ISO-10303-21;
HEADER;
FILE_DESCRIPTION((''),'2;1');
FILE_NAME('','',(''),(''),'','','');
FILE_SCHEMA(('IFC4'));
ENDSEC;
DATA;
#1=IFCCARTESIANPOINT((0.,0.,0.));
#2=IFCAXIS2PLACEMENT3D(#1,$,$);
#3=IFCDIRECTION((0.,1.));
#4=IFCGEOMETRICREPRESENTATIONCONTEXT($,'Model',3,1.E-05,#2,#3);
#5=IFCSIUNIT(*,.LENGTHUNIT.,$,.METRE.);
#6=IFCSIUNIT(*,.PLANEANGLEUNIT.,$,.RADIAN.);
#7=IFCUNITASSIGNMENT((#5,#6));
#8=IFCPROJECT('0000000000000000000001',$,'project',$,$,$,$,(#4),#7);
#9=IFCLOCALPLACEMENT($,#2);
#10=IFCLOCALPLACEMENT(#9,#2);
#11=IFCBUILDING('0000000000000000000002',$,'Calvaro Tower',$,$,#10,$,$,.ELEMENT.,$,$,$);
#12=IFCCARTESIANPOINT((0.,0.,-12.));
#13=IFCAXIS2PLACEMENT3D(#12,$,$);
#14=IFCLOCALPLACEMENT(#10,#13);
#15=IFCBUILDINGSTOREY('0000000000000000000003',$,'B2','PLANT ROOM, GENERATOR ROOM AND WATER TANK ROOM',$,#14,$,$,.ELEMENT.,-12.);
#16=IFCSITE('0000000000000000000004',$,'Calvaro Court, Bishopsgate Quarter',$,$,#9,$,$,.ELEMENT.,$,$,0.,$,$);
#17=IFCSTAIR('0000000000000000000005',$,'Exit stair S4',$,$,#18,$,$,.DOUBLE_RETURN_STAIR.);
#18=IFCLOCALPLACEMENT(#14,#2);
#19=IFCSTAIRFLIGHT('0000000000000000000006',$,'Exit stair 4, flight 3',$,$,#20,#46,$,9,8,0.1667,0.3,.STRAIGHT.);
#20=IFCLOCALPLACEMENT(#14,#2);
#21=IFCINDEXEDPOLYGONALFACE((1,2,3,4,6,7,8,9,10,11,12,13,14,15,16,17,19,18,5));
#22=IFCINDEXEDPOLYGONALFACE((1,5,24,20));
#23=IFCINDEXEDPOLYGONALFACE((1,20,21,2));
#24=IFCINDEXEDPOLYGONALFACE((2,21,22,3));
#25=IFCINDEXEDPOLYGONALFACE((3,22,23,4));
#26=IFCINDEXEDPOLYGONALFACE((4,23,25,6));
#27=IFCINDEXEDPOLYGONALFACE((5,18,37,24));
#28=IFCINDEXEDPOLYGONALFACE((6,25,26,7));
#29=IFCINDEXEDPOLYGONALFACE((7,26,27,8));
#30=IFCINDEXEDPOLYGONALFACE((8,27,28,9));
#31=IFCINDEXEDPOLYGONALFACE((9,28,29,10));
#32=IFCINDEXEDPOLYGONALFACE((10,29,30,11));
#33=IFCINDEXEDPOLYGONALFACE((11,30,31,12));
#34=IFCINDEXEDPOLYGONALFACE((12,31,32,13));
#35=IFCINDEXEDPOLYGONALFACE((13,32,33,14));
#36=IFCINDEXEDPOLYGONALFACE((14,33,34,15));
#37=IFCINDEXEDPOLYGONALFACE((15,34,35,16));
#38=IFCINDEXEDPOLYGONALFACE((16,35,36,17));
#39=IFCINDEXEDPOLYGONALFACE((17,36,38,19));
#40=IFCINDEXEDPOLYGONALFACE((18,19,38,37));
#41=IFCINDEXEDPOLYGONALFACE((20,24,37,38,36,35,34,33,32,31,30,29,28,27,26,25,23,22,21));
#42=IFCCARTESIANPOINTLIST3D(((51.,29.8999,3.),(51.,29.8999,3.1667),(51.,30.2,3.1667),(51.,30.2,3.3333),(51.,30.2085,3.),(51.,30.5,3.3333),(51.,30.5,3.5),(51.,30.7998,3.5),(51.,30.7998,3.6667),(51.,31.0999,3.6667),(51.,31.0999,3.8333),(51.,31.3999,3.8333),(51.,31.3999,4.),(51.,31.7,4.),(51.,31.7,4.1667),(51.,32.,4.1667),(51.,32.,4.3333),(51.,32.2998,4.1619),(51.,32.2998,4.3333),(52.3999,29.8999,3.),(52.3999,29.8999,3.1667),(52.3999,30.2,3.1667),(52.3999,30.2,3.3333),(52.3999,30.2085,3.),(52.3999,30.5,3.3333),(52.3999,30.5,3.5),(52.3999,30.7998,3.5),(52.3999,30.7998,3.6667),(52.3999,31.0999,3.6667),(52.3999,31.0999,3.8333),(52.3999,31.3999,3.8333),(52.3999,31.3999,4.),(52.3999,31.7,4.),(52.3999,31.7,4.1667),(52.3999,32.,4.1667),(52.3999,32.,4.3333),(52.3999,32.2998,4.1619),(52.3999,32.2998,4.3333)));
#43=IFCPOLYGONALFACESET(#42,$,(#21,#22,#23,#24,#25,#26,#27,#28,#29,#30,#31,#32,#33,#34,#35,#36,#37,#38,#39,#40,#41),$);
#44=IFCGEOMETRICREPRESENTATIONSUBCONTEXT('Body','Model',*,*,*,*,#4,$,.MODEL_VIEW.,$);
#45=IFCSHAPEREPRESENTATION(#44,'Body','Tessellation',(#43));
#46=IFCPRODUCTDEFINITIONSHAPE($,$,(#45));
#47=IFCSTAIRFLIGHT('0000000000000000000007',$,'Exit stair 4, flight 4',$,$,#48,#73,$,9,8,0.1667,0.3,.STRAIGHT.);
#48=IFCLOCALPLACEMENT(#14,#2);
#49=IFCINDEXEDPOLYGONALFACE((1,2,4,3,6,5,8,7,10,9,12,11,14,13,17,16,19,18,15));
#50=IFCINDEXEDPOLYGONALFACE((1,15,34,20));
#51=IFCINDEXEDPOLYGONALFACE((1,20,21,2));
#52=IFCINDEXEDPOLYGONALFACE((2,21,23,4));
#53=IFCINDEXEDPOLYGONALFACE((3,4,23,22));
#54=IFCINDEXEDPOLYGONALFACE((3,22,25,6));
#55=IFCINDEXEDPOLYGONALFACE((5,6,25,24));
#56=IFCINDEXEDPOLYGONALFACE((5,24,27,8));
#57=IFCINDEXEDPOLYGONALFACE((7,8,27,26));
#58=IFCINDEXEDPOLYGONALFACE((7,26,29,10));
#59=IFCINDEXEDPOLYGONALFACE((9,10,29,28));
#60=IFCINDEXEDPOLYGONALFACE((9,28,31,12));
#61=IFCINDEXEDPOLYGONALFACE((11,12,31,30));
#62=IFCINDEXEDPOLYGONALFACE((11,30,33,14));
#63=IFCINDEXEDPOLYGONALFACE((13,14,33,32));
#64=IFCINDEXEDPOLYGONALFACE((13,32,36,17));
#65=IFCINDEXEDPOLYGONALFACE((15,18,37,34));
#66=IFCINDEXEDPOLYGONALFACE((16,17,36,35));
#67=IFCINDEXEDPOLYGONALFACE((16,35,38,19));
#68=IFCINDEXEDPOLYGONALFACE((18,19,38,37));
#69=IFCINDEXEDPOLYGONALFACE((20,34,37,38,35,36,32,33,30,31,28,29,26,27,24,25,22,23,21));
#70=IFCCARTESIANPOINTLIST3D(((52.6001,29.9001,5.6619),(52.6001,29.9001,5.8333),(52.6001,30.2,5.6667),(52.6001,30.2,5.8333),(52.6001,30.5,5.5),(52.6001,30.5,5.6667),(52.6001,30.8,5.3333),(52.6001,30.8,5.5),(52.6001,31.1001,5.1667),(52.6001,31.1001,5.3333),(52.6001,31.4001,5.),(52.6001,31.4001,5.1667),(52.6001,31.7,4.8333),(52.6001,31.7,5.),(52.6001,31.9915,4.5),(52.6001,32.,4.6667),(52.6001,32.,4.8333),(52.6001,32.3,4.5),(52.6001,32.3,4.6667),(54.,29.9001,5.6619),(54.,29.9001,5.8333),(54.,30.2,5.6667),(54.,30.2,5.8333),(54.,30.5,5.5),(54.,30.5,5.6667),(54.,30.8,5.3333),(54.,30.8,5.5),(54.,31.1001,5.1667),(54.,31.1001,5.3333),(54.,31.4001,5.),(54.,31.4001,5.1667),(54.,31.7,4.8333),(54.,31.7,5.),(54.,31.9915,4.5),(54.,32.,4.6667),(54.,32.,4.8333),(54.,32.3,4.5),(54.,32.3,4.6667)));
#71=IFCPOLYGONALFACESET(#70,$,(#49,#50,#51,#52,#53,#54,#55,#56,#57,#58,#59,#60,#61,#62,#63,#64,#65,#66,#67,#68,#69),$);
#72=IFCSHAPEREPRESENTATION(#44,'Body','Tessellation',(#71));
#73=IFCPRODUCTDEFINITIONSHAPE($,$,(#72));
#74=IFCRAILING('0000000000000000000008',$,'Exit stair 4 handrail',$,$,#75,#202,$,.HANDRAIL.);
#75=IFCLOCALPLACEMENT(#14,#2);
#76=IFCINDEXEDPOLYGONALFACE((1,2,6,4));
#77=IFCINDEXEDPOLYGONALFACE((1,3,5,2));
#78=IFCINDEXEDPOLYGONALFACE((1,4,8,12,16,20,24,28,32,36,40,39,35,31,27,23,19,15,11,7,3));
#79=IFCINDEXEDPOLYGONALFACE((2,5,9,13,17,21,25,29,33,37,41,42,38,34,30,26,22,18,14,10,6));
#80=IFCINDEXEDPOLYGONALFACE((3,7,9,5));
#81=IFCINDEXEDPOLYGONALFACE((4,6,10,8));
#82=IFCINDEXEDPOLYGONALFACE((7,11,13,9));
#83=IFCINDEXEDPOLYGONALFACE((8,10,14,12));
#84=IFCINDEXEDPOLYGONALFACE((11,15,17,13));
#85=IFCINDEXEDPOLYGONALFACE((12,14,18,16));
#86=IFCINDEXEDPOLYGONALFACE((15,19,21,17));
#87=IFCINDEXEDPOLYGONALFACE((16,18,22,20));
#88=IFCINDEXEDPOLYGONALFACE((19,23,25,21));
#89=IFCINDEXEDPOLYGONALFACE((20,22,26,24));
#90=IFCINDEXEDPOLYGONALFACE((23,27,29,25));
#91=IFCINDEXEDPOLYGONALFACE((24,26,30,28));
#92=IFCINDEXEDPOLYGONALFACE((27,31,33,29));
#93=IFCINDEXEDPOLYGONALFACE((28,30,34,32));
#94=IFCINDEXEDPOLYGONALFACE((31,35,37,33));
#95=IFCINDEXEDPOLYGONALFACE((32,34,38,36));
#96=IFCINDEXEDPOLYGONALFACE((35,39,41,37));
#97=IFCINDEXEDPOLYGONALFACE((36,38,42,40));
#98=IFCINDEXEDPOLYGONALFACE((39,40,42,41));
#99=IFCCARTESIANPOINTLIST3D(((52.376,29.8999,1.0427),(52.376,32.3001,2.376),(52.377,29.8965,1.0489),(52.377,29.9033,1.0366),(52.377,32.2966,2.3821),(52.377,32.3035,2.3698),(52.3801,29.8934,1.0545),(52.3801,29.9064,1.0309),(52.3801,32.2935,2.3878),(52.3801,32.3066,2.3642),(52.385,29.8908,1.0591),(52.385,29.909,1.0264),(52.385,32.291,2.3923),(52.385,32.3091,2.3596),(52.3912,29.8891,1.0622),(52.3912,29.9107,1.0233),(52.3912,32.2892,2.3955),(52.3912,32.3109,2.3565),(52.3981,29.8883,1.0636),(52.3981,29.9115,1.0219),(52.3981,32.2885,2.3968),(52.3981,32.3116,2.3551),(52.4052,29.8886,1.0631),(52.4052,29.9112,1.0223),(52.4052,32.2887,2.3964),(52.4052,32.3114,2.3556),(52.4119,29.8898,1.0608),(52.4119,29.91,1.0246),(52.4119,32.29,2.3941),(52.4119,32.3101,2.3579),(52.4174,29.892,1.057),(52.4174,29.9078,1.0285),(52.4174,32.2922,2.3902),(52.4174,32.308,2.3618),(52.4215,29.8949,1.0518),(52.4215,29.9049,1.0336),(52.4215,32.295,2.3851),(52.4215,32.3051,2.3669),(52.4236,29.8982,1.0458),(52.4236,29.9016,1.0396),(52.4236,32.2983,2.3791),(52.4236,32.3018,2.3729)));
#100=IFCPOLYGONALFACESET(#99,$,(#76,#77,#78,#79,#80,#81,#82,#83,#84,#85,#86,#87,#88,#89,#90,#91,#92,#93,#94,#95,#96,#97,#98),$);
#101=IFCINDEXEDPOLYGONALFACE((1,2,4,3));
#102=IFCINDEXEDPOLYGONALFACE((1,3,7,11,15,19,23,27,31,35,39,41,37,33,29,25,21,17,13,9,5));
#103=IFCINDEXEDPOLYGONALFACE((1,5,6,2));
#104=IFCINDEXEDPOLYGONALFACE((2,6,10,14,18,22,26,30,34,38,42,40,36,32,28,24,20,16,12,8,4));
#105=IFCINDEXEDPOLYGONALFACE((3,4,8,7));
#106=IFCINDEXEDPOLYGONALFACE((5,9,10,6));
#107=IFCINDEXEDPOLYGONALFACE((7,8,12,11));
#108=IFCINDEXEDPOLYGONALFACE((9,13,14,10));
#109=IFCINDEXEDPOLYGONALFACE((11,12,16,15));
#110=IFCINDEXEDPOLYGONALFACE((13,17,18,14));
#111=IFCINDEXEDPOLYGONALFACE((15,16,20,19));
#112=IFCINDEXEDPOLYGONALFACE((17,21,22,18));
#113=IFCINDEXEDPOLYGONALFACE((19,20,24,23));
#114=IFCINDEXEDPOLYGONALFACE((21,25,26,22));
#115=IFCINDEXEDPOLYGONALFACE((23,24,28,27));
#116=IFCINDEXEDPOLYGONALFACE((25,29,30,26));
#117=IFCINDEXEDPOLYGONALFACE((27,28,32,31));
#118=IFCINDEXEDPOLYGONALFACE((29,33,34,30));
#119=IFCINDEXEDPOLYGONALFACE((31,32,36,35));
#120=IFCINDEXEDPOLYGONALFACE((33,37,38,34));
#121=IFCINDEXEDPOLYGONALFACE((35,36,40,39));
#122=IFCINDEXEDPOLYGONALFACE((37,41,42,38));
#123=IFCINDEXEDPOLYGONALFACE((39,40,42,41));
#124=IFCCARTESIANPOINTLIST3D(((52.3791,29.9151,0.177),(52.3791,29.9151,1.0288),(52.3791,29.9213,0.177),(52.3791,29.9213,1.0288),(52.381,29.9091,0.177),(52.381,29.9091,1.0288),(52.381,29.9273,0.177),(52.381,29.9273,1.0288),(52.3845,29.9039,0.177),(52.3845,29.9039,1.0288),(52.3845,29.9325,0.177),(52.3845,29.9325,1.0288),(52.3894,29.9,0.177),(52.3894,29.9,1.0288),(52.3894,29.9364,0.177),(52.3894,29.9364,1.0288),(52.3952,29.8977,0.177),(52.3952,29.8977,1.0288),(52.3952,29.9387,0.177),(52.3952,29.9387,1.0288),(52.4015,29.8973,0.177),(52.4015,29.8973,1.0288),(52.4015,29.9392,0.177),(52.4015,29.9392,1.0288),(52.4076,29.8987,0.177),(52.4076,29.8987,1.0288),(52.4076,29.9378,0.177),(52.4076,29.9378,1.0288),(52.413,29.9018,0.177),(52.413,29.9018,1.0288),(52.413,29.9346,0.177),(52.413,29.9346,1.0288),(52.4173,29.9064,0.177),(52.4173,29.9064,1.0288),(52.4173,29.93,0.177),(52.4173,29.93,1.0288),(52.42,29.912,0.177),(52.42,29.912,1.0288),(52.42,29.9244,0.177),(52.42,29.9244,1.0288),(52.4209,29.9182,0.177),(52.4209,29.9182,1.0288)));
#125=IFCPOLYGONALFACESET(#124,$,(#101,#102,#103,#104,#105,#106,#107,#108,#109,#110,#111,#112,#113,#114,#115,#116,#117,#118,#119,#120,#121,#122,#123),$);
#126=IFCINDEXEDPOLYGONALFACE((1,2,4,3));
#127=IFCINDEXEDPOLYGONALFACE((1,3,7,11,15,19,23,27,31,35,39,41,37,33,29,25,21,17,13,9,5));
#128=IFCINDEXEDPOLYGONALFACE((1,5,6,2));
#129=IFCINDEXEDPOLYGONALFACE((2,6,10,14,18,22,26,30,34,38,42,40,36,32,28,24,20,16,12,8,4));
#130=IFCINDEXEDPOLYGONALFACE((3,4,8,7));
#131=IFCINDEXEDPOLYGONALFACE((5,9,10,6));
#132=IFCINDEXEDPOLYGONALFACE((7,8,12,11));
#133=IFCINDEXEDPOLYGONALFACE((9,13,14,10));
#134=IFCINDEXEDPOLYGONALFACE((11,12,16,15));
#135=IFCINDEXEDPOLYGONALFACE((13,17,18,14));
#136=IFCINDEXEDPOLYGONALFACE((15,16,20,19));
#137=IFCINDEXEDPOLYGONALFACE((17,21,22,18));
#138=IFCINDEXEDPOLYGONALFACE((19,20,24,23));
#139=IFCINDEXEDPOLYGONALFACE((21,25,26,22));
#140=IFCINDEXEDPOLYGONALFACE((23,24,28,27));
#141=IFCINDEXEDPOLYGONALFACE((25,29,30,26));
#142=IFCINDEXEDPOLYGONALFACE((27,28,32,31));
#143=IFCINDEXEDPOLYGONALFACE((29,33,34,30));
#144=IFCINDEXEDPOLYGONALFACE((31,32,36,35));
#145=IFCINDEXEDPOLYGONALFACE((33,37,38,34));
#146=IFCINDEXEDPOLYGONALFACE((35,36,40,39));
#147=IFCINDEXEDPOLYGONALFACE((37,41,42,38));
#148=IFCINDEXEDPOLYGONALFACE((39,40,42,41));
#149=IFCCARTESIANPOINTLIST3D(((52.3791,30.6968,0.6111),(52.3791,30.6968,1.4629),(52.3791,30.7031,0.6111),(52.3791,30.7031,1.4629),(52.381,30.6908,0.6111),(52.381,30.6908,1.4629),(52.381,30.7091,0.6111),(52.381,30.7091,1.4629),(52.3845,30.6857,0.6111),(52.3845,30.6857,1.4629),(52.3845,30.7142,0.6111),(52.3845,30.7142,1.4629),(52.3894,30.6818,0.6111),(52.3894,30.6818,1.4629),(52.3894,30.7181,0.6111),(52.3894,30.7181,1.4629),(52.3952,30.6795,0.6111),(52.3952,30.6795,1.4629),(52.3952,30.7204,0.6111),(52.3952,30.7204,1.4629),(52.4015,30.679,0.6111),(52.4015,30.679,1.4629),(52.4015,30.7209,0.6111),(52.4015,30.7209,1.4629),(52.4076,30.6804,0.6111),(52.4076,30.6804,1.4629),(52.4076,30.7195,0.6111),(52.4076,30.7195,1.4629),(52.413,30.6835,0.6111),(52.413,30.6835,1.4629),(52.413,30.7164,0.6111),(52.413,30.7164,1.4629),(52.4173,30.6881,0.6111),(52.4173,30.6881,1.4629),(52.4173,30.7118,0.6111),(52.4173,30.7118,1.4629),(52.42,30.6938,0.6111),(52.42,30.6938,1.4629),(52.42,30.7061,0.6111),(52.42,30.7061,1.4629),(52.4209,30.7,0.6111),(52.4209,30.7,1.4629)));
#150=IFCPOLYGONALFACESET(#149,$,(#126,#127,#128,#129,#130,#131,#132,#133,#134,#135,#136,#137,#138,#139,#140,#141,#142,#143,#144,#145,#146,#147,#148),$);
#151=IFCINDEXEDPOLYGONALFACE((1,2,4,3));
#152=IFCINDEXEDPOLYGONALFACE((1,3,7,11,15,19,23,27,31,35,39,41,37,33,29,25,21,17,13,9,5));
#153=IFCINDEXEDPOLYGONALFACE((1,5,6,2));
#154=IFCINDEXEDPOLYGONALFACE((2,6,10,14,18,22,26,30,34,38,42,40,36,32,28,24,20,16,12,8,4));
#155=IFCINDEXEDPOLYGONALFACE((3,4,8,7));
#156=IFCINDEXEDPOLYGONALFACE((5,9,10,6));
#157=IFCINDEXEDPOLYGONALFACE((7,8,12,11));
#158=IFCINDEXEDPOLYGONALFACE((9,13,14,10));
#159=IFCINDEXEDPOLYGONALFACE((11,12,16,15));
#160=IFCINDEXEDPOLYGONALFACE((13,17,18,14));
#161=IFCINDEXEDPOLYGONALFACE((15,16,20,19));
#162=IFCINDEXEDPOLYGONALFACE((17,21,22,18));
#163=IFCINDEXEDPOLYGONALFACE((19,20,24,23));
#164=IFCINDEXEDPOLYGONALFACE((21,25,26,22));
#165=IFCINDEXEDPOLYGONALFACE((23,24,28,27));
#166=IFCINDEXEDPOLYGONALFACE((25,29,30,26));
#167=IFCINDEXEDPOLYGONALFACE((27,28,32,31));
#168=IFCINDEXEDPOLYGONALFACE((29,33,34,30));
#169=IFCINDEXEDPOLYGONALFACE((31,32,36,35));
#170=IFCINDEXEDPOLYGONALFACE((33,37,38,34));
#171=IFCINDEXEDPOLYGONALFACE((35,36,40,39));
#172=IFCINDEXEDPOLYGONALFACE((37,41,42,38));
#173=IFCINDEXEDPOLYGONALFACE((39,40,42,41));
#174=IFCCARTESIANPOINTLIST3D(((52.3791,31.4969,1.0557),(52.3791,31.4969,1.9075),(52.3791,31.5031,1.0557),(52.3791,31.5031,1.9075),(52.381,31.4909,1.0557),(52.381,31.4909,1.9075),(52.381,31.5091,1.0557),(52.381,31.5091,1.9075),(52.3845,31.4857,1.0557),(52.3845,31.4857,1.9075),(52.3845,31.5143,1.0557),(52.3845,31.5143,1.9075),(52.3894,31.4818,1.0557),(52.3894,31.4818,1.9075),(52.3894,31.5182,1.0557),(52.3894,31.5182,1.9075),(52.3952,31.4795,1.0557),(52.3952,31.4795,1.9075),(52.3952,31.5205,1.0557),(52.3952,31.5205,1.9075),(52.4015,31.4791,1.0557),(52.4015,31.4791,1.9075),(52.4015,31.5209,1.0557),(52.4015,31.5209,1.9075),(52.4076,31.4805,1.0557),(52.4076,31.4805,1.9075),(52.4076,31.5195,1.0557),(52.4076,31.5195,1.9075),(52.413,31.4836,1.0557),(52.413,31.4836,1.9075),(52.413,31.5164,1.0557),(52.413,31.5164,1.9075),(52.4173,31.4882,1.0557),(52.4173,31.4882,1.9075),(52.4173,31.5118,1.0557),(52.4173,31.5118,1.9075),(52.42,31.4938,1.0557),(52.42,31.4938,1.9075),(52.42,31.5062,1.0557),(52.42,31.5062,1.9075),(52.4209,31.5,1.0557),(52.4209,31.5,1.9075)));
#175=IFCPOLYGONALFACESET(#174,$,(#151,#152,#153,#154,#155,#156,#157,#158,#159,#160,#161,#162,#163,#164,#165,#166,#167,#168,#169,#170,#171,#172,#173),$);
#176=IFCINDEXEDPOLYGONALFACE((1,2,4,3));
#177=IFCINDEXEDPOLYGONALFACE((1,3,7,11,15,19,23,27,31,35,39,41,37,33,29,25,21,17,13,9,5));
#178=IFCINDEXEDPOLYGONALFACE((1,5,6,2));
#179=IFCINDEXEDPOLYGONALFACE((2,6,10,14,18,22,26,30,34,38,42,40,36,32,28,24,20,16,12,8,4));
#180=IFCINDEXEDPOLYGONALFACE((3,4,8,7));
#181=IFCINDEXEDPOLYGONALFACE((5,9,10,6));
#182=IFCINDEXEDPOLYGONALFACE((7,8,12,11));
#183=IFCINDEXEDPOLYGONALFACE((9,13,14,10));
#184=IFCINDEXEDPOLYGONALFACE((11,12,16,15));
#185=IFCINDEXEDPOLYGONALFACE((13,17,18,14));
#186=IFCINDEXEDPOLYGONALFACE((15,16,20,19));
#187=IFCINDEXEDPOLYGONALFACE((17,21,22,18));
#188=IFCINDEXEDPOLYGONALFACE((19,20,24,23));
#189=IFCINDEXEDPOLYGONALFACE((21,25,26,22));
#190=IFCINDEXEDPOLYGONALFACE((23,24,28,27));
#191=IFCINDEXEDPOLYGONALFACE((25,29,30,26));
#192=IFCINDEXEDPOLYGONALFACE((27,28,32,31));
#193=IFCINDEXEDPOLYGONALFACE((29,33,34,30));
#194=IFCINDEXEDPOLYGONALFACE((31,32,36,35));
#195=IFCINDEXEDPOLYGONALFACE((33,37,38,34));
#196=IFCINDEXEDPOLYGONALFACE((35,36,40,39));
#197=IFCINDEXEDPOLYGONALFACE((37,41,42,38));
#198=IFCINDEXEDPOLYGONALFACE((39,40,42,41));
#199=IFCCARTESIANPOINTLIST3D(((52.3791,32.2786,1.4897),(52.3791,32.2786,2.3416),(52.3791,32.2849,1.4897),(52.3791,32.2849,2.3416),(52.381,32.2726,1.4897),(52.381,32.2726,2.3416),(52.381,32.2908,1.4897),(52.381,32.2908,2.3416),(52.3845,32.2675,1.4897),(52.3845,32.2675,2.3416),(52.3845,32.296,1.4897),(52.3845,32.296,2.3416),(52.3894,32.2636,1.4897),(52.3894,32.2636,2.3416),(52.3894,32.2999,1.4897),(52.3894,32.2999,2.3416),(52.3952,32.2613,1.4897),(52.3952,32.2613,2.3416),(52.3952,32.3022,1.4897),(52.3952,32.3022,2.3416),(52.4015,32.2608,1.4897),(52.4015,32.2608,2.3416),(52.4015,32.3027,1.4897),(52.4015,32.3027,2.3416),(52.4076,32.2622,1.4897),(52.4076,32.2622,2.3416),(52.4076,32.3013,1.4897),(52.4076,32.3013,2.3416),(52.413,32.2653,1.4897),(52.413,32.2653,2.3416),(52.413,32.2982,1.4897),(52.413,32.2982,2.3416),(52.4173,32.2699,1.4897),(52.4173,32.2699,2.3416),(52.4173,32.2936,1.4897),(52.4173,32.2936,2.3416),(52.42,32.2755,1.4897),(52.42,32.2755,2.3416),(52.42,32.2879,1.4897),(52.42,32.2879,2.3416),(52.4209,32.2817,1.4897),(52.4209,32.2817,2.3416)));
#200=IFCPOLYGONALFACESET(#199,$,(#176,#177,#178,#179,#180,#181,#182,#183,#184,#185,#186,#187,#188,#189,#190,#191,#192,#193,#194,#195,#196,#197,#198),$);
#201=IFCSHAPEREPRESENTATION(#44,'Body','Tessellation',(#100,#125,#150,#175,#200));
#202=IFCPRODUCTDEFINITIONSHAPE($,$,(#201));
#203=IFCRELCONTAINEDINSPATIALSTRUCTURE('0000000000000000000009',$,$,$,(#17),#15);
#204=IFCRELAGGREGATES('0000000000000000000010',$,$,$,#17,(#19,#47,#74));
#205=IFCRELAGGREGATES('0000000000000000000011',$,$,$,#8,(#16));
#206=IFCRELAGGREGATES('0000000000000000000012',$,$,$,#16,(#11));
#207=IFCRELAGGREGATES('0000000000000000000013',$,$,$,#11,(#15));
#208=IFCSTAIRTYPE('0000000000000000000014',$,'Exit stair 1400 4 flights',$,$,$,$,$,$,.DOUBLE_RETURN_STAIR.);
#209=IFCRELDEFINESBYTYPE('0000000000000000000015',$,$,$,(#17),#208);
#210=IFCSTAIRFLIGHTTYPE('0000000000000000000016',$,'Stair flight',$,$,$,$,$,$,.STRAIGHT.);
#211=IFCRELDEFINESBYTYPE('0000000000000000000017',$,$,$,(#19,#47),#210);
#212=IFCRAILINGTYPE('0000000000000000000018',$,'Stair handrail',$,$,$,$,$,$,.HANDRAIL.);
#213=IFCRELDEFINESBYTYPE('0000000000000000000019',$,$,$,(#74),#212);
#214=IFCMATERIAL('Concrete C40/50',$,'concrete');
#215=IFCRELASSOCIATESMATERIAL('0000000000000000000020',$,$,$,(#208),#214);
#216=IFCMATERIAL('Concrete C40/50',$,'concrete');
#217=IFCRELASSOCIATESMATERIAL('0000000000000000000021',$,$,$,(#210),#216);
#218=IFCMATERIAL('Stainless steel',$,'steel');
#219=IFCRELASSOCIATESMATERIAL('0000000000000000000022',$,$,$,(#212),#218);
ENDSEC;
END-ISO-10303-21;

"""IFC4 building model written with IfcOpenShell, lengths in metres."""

from ifc_helpers import new_model, si_unit, direction, frame, origin, origin_2d, place, context, subcontext, project, spatial, polyline, circle, outline, extrude, material, type_object, element, aggregate, save


model = new_model("IFC4")

# Units and contexts
model_context = context("Model", 3, precision=1e-05, world=origin(), true_north=direction((0.0, 1.0)))
body_context = subcontext(model_context, "Body", "Model", "MODEL_VIEW")
ifc_project = project(units=[si_unit("LENGTHUNIT", "METRE"), si_unit("PLANEANGLEUNIT", "RADIAN")], contexts=[model_context])

# Site, building, storey
site_placement = place(None, origin())
site = spatial("IfcSite", under=ifc_project, at=site_placement, Name="Calvaro Court, Bishopsgate Quarter", CompositionType="ELEMENT", RefElevation=0.0)
building_placement = place(site_placement, origin())
building = spatial("IfcBuilding", under=site, at=building_placement, Name="Calvaro Tower", CompositionType="ELEMENT")
storey_placement = place(building_placement, frame((0.0, 0.0, -12.0)))
storey = spatial("IfcBuildingStorey", under=building, at=storey_placement, Name="B2", Description="PLANT ROOM, GENERATOR ROOM AND WATER TANK ROOM", CompositionType="ELEMENT", Elevation=-12.0)

# Stair, stair flights, railing
ifc_material_1 = material(Name="Concrete C40/50", Category="concrete")
stair_type = type_object("IfcStairType", Name="Exit stair 1400 4 flights", PredefinedType="DOUBLE_RETURN_STAIR", material=ifc_material_1)
stair_placement = place(storey_placement, origin())
stair = element("IfcStair", 1, at=stair_placement, inside=storey, type_object=stair_type, Name="Exit stair S4", PredefinedType="DOUBLE_RETURN_STAIR")
ifc_material_2 = material(Name="Concrete C40/50", Category="concrete")
stair_flight_type = type_object("IfcStairFlightType", Name="Stair flight", PredefinedType="STRAIGHT", material=ifc_material_2)
stair_flight_1_placement = place(storey_placement, frame((51.7, 29.8999, 3.0), z_axis=(0.0, 0.0, 1.0), x_axis=(0.0, 1.0, 0.0)))
stair_flight_1 = element("IfcStairFlight", 2, at=stair_flight_1_placement, type_object=stair_flight_type, Name="Exit stair 4, flight 3", NumberOfRisers=9, NumberOfTreads=8, PredefinedType="STRAIGHT", RiserHeight=0.1667, TreadLength=0.3, context=body_context, shape_type="SweptSolid", body=[
    extrude(outline(polyline([(0.0, 0.0), (0.0, 0.1667), (0.3, 0.1667), (0.3, 0.3333), (0.6001, 0.3333), (0.6001, 0.5), (0.8999, 0.5), (0.8999, 0.6667), (1.2, 0.6667), (1.2, 0.8333), (1.5, 0.8333), (1.5, 1.0), (1.8, 1.0), (1.8, 1.1667), (2.1001, 1.1667), (2.1001, 1.3333), (2.3999, 1.3333), (2.3999, 1.5), (2.3999, 1.1619), (0.3086, 0.0), (0.0, 0.0)])), frame((0.0, 0.7, 0.0), z_axis=(0.0, -1.0, 0.0), x_axis=(1.0, 0.0, 0.0)), (0.0, 0.0, 1.0), 1.3999),
])
stair_flight_2_placement = place(storey_placement, frame((53.3, 32.3, 4.5), z_axis=(0.0, 0.0, 1.0), x_axis=(0.0, -1.0, 0.0)))
stair_flight_2 = element("IfcStairFlight", 3, at=stair_flight_2_placement, type_object=stair_flight_type, Name="Exit stair 4, flight 4", NumberOfRisers=9, NumberOfTreads=8, PredefinedType="STRAIGHT", RiserHeight=0.1667, TreadLength=0.3, context=body_context, shape_type="SweptSolid", body=[
    extrude(outline(polyline([(0.0, 0.0), (0.0, 0.1667), (0.3, 0.1667), (0.3, 0.3333), (0.6001, 0.3333), (0.6001, 0.5), (0.8999, 0.5), (0.8999, 0.6667), (1.2, 0.6667), (1.2, 0.8333), (1.5, 0.8333), (1.5, 1.0), (1.8, 1.0), (1.8, 1.1667), (2.1001, 1.1667), (2.1001, 1.3333), (2.3999, 1.3333), (2.3999, 1.5), (2.3999, 1.1619), (0.3086, 0.0), (0.0, 0.0)])), frame((0.0, 0.7, 0.0), z_axis=(0.0, -1.0, 0.0), x_axis=(1.0, 0.0, 0.0)), (0.0, 0.0, 1.0), 1.3999),
])
ifc_material_3 = material(Name="Stainless steel", Category="steel")
railing_type = type_object("IfcRailingType", Name="Stair handrail", PredefinedType="HANDRAIL", material=ifc_material_3)
railing_1_placement = place(storey_placement, frame((52.3999, 29.8999, 0.1667)))
railing_1 = element("IfcRailing", 4, at=railing_1_placement, type_object=railing_type, Name="Exit stair 4 handrail", PredefinedType="HANDRAIL", context=body_context, shape_type="SweptSolid", body=[
    extrude(circle(Radius=0.0239, at=origin_2d()), frame((0.0, 0.0, 0.876), z_axis=(0.0, 0.874182, 0.485598), x_axis=(-1.0, 0.0, 0.0)), (0.0, 0.0, 1.0), 2.7456),
    extrude(circle(Radius=0.021, at=origin_2d()), frame((0.0, 0.0183, 0.0103)), (0.0, 0.0, 1.0), 0.8518),
    extrude(circle(Radius=0.021, at=origin_2d()), frame((0.0, 0.8, 0.4443)), (0.0, 0.0, 1.0), 0.8518),
    extrude(circle(Radius=0.021, at=origin_2d()), frame((0.0, 1.6001, 0.8889)), (0.0, 0.0, 1.0), 0.8518),
    extrude(circle(Radius=0.021, at=origin_2d()), frame((0.0, 2.3818, 1.323)), (0.0, 0.0, 1.0), 0.8518),
])
aggregate(stair, [stair_flight_1, stair_flight_2, railing_1])

save(model, "model.ifc")
